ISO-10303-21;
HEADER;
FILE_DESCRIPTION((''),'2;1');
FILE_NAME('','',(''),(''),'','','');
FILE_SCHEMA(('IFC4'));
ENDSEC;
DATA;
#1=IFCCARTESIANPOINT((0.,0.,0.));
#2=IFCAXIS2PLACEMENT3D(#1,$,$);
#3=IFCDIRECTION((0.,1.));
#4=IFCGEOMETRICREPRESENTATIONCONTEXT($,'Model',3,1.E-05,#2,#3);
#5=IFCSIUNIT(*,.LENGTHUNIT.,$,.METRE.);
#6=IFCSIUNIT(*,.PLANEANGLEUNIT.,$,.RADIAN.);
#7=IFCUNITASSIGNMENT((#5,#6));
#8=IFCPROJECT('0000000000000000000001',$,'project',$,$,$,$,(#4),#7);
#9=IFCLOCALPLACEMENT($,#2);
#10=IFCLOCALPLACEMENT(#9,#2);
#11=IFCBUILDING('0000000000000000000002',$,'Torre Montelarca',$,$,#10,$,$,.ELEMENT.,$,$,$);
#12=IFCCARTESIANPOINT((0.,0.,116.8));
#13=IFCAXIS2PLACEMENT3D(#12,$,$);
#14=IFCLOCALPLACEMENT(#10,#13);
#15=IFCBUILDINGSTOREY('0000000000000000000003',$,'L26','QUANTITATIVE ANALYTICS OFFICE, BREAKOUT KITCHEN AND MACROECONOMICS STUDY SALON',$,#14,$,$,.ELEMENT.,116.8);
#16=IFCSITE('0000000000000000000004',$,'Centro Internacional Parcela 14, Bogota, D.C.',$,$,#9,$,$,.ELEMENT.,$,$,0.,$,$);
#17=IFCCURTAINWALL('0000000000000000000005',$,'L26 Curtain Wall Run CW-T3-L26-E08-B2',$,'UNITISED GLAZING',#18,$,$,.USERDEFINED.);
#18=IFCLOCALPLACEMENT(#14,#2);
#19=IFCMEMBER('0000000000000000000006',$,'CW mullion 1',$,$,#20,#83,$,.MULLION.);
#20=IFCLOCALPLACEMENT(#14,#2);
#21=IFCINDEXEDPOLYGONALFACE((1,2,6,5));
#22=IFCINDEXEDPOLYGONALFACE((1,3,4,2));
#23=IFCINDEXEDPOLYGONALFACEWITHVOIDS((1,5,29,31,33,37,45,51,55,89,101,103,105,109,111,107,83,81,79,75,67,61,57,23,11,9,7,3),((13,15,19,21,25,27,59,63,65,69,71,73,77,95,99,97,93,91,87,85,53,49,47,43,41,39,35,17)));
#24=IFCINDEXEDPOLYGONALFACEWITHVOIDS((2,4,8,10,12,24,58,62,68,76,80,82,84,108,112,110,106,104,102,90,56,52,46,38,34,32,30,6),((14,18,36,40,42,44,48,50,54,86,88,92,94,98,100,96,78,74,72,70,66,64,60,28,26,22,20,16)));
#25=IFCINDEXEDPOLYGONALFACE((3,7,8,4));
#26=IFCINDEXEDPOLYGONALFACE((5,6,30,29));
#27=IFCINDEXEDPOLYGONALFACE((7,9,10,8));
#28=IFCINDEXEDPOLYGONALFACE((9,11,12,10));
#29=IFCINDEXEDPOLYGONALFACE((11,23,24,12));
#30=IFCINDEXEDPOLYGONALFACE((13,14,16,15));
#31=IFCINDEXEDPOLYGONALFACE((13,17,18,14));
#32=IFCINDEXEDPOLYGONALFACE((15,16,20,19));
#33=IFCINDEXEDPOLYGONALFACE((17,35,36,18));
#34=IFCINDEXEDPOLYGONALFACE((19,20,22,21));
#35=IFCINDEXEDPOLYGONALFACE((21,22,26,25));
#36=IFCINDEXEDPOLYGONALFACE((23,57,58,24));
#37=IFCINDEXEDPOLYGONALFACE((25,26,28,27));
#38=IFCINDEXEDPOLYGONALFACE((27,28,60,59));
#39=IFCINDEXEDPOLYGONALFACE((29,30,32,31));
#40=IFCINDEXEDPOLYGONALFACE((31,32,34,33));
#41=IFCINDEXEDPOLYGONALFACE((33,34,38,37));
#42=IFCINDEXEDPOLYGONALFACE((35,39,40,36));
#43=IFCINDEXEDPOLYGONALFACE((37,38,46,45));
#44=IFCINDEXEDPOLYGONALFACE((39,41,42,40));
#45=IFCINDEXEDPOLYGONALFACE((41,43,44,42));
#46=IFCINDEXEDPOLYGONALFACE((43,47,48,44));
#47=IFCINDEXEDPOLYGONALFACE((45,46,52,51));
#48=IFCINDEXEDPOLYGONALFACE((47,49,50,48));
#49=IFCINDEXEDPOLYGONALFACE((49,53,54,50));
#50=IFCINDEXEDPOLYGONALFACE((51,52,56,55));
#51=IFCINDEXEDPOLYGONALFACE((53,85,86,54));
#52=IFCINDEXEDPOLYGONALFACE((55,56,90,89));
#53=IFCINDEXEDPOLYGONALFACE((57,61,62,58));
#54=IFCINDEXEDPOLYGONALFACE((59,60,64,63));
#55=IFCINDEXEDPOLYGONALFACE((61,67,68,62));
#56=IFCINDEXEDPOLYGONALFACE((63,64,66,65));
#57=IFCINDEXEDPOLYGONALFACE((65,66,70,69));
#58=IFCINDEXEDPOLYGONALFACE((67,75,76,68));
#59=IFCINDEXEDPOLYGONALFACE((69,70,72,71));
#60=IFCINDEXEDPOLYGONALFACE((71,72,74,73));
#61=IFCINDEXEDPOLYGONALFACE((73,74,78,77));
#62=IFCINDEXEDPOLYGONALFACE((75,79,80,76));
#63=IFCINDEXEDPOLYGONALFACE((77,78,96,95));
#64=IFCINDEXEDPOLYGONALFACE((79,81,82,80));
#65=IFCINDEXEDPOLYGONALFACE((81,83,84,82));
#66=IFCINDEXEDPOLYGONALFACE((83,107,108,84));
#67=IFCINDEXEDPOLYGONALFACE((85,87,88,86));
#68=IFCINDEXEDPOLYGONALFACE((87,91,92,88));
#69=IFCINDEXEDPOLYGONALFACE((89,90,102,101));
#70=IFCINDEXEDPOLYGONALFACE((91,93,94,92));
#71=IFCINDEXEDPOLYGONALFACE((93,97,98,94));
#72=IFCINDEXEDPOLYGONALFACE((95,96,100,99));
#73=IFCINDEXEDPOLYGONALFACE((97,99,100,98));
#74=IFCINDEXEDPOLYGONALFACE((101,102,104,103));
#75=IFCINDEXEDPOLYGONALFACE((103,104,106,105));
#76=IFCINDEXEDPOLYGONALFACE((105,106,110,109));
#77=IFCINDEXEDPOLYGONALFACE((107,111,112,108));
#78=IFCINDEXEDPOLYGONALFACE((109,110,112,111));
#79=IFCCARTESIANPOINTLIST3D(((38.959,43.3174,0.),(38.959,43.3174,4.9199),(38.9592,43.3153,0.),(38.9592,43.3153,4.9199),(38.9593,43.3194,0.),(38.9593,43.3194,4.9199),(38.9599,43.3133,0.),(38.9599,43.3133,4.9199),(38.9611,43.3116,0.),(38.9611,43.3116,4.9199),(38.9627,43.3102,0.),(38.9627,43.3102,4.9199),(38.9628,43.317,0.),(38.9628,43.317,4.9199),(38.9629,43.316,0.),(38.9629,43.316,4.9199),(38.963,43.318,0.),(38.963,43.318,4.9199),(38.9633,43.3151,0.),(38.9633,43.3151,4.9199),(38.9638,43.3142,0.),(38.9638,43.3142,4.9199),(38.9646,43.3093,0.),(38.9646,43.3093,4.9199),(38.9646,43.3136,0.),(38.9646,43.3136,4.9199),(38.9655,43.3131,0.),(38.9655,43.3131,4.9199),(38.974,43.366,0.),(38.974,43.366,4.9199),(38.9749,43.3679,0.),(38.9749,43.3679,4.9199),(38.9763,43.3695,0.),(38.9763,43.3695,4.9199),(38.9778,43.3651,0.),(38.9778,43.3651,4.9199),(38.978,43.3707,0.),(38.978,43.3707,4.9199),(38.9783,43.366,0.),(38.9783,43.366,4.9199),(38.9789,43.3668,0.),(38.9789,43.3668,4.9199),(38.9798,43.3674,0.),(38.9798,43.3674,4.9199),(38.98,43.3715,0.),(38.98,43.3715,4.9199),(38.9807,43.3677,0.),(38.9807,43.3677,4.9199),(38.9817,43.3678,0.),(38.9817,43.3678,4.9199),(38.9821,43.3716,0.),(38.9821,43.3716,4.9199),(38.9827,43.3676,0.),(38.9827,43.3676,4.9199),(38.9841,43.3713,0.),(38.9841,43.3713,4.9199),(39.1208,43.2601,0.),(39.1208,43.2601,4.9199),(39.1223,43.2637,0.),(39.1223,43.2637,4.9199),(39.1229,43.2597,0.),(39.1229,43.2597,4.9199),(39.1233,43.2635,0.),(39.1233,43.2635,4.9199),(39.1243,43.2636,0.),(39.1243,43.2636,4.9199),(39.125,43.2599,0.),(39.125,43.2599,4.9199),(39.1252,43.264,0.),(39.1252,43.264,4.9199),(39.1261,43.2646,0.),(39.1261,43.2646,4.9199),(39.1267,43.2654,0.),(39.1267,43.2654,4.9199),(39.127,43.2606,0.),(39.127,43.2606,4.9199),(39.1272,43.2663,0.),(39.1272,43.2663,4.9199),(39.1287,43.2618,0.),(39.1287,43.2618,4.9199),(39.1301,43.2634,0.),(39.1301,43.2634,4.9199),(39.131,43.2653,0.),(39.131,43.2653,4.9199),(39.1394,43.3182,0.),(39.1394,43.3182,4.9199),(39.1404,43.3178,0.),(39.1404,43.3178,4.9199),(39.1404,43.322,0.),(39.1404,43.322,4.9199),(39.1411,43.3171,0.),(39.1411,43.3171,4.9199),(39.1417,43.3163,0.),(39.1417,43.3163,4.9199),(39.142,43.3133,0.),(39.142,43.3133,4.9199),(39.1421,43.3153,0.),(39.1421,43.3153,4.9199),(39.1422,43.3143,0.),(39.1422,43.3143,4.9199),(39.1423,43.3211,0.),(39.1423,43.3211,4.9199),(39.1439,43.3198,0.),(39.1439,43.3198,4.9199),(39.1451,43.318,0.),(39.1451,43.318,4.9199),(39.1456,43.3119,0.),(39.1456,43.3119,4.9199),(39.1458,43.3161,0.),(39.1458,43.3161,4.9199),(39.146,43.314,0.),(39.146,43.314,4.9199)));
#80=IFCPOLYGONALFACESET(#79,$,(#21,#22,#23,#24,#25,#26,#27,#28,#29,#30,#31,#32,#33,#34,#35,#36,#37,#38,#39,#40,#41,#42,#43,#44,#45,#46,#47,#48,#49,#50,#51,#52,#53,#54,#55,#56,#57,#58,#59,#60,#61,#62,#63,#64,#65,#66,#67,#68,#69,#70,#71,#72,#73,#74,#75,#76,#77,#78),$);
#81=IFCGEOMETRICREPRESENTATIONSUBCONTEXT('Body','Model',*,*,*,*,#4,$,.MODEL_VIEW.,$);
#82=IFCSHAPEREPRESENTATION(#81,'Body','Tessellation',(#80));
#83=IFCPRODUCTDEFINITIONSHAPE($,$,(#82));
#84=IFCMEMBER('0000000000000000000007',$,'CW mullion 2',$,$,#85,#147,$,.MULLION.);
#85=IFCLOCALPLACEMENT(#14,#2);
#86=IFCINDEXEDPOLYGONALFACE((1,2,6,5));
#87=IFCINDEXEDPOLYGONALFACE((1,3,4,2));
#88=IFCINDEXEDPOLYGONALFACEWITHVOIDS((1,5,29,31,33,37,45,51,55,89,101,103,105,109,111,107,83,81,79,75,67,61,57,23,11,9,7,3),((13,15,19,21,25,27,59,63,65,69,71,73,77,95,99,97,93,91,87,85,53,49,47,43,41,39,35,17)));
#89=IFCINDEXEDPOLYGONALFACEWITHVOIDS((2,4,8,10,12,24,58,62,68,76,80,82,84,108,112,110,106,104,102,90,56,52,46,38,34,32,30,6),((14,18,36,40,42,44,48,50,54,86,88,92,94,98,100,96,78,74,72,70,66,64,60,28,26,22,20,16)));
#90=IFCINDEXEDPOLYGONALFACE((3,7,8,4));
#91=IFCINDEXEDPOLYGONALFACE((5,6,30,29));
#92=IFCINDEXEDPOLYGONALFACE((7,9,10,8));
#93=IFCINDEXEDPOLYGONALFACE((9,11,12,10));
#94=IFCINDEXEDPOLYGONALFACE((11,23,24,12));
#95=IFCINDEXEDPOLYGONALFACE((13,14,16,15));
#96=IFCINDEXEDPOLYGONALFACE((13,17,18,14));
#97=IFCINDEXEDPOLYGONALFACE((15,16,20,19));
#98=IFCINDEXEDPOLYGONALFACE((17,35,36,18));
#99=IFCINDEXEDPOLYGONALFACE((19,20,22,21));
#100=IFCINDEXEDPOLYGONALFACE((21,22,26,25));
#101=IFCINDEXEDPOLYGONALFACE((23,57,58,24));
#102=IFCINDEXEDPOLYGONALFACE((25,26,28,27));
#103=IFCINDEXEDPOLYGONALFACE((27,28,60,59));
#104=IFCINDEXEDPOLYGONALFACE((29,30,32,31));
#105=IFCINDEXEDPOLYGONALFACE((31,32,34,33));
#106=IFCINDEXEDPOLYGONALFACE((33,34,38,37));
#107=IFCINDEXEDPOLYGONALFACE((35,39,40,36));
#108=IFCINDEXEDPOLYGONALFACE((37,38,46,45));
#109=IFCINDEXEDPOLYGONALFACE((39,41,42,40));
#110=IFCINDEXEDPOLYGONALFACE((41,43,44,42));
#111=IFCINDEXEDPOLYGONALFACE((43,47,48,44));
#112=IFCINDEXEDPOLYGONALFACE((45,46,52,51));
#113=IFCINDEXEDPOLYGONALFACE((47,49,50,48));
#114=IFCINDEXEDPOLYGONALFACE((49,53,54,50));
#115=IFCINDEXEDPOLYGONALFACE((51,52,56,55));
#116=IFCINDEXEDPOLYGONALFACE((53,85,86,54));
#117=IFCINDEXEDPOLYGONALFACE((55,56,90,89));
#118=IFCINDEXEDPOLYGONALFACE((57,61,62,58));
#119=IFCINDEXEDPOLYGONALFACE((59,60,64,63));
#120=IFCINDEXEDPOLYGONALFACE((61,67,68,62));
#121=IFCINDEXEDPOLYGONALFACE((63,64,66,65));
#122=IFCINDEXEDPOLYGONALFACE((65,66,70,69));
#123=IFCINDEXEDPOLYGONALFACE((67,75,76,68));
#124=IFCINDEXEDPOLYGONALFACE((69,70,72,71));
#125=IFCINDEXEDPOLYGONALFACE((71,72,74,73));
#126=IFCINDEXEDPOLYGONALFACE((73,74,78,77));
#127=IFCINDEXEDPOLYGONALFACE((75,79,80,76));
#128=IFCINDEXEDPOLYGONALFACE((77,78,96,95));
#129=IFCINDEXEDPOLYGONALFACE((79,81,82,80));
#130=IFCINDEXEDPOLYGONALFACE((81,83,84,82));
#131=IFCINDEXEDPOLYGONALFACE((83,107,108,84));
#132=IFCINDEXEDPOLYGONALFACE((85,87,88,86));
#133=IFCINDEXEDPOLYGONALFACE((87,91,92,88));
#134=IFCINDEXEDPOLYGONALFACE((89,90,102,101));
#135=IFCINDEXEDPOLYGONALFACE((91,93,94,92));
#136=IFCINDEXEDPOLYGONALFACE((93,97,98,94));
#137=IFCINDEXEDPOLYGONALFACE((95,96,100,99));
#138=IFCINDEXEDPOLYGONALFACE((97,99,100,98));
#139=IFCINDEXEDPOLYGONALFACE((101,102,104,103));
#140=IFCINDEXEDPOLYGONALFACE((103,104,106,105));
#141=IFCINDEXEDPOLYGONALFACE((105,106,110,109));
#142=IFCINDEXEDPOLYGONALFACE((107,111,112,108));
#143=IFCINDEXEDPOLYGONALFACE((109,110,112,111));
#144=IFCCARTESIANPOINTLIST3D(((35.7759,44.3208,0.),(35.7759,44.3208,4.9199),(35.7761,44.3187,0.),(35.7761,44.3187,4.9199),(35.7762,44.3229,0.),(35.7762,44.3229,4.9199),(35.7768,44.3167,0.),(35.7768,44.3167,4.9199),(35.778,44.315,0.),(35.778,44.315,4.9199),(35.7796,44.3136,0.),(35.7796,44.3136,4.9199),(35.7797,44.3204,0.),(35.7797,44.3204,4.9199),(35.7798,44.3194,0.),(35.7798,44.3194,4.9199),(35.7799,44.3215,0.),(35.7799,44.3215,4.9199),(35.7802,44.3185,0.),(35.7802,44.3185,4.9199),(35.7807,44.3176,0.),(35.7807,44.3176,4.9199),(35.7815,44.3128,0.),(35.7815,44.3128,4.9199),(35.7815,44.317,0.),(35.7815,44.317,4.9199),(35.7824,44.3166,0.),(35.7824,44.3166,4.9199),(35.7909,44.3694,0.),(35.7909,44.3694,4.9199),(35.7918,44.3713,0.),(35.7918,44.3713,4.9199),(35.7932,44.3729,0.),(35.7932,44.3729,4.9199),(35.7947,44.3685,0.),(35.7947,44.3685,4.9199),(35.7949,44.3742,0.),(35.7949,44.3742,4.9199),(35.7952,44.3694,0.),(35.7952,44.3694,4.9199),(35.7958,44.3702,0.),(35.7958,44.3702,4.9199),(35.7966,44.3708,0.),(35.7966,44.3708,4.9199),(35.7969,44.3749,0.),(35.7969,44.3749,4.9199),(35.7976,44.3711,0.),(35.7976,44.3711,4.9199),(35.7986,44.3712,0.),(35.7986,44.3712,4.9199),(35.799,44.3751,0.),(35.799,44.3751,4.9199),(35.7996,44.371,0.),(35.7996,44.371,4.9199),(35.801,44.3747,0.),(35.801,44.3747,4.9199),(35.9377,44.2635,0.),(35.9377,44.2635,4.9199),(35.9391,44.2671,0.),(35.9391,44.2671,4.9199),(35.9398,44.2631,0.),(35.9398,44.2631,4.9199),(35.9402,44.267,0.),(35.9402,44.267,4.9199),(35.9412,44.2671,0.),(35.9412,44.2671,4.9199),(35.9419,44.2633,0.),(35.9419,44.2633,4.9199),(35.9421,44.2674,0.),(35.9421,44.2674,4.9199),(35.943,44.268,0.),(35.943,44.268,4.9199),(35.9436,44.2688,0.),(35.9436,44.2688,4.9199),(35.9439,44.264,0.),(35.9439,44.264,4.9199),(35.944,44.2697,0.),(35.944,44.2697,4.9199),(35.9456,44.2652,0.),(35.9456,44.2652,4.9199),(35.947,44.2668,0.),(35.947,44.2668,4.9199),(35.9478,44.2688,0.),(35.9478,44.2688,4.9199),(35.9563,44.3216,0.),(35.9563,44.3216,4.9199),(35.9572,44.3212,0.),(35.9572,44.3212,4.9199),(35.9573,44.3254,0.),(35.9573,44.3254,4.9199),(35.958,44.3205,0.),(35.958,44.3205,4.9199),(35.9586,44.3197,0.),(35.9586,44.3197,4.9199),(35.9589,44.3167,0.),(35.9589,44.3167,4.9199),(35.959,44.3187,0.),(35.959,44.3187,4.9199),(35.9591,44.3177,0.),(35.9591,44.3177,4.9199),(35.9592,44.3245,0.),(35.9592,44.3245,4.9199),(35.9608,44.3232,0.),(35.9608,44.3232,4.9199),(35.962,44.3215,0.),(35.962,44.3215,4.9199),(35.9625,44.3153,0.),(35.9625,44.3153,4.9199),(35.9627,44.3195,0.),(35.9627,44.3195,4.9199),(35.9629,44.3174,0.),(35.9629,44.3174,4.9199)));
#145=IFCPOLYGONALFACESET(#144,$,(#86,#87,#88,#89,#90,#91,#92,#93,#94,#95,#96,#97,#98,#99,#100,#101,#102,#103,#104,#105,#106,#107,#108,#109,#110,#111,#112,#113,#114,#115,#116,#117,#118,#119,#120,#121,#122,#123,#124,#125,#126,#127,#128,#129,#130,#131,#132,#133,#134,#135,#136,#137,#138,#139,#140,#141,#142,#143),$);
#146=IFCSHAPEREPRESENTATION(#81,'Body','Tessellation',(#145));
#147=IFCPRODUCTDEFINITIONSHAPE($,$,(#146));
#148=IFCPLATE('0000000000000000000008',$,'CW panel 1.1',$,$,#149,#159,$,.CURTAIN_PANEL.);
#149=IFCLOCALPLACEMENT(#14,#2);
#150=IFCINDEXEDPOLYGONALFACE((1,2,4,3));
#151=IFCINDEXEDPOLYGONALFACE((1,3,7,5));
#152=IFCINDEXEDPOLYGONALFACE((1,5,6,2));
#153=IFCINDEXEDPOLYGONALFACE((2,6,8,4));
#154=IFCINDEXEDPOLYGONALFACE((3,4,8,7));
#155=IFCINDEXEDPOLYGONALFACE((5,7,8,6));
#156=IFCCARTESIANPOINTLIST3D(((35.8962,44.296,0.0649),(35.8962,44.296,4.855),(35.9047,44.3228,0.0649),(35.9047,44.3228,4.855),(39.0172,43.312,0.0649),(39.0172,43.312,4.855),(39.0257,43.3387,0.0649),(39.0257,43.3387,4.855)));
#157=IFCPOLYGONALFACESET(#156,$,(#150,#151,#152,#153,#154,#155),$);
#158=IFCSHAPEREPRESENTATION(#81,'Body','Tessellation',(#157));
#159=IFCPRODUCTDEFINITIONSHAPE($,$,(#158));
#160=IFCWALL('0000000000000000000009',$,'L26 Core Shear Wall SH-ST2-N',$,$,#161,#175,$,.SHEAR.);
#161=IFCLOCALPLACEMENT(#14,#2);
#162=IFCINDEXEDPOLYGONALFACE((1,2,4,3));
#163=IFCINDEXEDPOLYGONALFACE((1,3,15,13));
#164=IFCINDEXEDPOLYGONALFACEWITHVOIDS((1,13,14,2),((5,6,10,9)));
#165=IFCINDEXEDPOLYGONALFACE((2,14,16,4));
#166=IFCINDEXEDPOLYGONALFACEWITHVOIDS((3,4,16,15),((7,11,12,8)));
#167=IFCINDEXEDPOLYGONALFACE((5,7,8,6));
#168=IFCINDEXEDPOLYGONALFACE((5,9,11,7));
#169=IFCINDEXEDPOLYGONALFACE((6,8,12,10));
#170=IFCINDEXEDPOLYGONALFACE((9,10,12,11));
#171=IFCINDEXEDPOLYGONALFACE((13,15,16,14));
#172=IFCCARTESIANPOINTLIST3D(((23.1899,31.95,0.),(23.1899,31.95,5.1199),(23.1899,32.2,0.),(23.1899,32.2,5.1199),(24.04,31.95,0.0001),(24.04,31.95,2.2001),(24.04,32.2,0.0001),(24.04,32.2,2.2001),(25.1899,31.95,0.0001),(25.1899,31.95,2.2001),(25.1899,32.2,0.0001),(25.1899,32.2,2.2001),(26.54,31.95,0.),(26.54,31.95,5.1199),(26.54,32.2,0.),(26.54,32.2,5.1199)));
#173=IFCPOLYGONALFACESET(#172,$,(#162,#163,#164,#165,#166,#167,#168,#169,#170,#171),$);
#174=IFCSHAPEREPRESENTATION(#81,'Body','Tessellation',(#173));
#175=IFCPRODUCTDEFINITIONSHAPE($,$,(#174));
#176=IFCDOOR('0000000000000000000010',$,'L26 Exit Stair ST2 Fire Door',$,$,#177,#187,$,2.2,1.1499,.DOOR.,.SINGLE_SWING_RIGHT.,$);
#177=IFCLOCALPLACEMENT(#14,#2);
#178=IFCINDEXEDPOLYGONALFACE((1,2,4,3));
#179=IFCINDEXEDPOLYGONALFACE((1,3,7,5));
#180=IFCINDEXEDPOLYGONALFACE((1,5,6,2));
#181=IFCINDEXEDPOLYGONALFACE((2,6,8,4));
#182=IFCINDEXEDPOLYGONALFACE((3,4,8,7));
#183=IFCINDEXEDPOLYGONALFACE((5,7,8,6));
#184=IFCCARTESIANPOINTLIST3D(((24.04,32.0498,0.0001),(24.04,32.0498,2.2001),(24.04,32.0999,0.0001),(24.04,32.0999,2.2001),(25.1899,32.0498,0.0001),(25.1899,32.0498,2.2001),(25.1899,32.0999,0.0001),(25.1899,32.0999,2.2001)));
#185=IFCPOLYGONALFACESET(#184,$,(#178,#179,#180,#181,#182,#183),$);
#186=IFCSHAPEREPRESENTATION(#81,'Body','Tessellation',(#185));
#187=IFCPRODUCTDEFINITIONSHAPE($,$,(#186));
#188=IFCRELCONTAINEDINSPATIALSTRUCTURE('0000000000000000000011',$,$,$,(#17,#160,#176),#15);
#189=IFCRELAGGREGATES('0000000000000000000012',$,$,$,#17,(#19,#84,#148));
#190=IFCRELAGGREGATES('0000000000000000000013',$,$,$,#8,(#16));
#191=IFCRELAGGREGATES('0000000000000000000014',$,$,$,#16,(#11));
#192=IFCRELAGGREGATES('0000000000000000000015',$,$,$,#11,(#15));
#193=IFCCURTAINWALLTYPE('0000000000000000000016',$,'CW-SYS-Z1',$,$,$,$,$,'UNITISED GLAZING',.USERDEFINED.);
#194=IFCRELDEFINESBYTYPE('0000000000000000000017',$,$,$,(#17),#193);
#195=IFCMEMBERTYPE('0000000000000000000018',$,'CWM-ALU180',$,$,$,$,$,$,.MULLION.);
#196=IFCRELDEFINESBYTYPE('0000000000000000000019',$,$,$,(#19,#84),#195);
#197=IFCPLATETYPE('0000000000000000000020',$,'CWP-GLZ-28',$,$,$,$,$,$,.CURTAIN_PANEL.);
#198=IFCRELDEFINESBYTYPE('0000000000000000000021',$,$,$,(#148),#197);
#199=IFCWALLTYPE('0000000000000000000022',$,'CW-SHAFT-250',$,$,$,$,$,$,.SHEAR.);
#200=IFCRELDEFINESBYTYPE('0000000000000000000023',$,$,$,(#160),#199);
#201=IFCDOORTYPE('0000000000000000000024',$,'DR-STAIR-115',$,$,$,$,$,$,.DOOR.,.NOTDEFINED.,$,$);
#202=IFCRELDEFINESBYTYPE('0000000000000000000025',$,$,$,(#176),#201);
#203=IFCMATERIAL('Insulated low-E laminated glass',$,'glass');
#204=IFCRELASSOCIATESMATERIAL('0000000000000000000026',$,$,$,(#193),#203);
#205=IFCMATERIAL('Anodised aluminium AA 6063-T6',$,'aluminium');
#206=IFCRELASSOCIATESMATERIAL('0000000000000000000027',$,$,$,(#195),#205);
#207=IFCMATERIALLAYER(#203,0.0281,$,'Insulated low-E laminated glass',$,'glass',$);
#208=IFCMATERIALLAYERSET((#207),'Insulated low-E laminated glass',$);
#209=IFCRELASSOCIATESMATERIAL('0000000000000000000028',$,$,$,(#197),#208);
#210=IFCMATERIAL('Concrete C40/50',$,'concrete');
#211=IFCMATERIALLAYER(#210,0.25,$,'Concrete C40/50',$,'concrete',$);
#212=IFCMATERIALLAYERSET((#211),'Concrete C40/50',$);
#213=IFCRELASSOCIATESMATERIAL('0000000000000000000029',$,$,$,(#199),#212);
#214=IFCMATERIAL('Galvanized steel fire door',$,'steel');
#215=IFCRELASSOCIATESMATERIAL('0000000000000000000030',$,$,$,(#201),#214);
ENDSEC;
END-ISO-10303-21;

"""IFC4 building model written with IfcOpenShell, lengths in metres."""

from ifc_helpers import new_model, si_unit, direction, frame, frame_2d, origin, origin_2d, place, context, subcontext, project, spatial, rectangle, hollow_rectangle, extrude, source, transform, mapped, material, layer, layer_set, material_profile, profile_set, type_object, element, fill, aggregate, save


model = new_model("IFC4")

# Units and contexts
model_context = context("Model", 3, precision=1e-05, world=origin(), true_north=direction((0.0, 1.0)))
body_context = subcontext(model_context, "Body", "Model", "MODEL_VIEW")
ifc_project = project(units=[si_unit("LENGTHUNIT", "METRE"), si_unit("PLANEANGLEUNIT", "RADIAN")], contexts=[model_context])

# Site, building, storey
site_placement = place(None, origin())
site = spatial("IfcSite", under=ifc_project, at=site_placement, Name="Centro Internacional Parcela 14, Bogota, D.C.", CompositionType="ELEMENT", RefElevation=0.0)
building_placement = place(site_placement, origin())
building = spatial("IfcBuilding", under=site, at=building_placement, Name="Torre Montelarca", CompositionType="ELEMENT")
storey_placement = place(building_placement, frame((0.0, 0.0, 116.8)))
storey = spatial("IfcBuildingStorey", under=building, at=storey_placement, Name="L26", Description="QUANTITATIVE ANALYTICS OFFICE, BREAKOUT KITCHEN AND MACROECONOMICS STUDY SALON", CompositionType="ELEMENT", Elevation=116.8)

# Curtain wall, members, plate
ifc_material_1 = material(Name="Insulated low-E laminated glass", Category="glass")
curtain_wall_type = type_object("IfcCurtainWallType", Name="CW-SYS-Z1", ElementType="UNITISED GLAZING", PredefinedType="USERDEFINED", material=ifc_material_1)
curtain_wall_placement = place(storey_placement, origin())
curtain_wall = element("IfcCurtainWall", 1, at=curtain_wall_placement, inside=storey, type_object=curtain_wall_type, Name="L26 Curtain Wall Run CW-T3-L26-E08-B2", ObjectType="UNITISED GLAZING", PredefinedType="USERDEFINED")
ifc_material_2 = material(Name="Anodised aluminium AA 6063-T6", Category="aluminium")
ifc_material_profile_1 = material_profile(ifc_material_2, hollow_rectangle(XDim=0.0649, YDim=0.1799, WallThickness=0.0039, InnerFilletRadius=0.0039, OuterFilletRadius=0.0081, at=origin_2d()), Name="ALU65X180X4", Category="aluminium")
ifc_profile_set_1 = profile_set([ifc_material_profile_1], Name="Anodised aluminium AA 6063-T6")
member_type_1 = type_object("IfcMemberType", Name="CWM-ALU180", PredefinedType="MULLION", material=ifc_profile_set_1)
shared_shape_1 = source(origin(), body_context, "Body", "SweptSolid", [
    extrude(hollow_rectangle(XDim=0.0649, YDim=0.1799, WallThickness=0.0039, InnerFilletRadius=0.0039, OuterFilletRadius=0.0081, at=origin_2d()), origin(), (0.0, 0.0, 1.0), 4.9199),
])
member_1_placement = place(storey_placement, frame((39.0525, 43.3157, 0.0), z_axis=(0.0, 0.0, 1.0), x_axis=(-0.300714, -0.953714, 0.0)))
member_1 = element("IfcMember", 2, at=member_1_placement, type_object=member_type_1, Name="CW mullion 1", PredefinedType="MULLION", context=body_context, shape_type="MappedRepresentation", body=[
    mapped(shared_shape_1, transform((0.0, 0.0, 0.0), scale=1.0)),
])
member_2_placement = place(storey_placement, frame((35.8694, 44.3191, 0.0), z_axis=(0.0, 0.0, 1.0), x_axis=(-0.300714, -0.953714, 0.0)))
member_2 = element("IfcMember", 3, at=member_2_placement, type_object=member_type_1, Name="CW mullion 2", PredefinedType="MULLION", context=body_context, shape_type="MappedRepresentation", body=[
    mapped(shared_shape_1, transform((0.0, 0.0, 0.0), scale=1.0)),
])
ifc_layer_1 = layer(ifc_material_1, 0.0281, Name="Insulated low-E laminated glass", Category="glass")
ifc_layer_set_1 = layer_set([ifc_layer_1], Name="Insulated low-E laminated glass")
plate_type = type_object("IfcPlateType", Name="CWP-GLZ-28", PredefinedType="CURTAIN_PANEL", material=ifc_layer_set_1)
shared_shape_2 = source(origin(), body_context, "Body", "SweptSolid", [
    extrude(rectangle(XDim=3.2725, YDim=0.0281, at=origin_2d()), origin(), (0.0, 0.0, 1.0), 4.79),
])
plate_placement = place(storey_placement, frame((37.4609, 43.8174, 0.0649), z_axis=(0.0, 0.0, 1.0), x_axis=(-0.953714, 0.300714, 0.0)))
plate = element("IfcPlate", 4, at=plate_placement, type_object=plate_type, Name="CW panel 1.1", PredefinedType="CURTAIN_PANEL", context=body_context, shape_type="MappedRepresentation", body=[
    mapped(shared_shape_2, transform((0.0, 0.0, 0.0), scale=1.0)),
])
aggregate(curtain_wall, [member_1, member_2, plate])

# Wall, opening, door
ifc_material_3 = material(Name="Concrete C40/50", Category="concrete")
ifc_layer_2 = layer(ifc_material_3, 0.25, Name="Concrete C40/50", Category="concrete")
ifc_layer_set_2 = layer_set([ifc_layer_2], Name="Concrete C40/50")
wall_type = type_object("IfcWallType", Name="CW-SHAFT-250", PredefinedType="SHEAR", material=ifc_layer_set_2)
wall_1_placement = place(storey_placement, frame((23.1899, 32.075, 0.0), z_axis=(0.0, 0.0, 1.0), x_axis=(1.0, 0.0, 0.0)))
wall_1 = element("IfcWall", 5, at=wall_1_placement, inside=storey, type_object=wall_type, Name="L26 Core Shear Wall SH-ST2-N", PredefinedType="SHEAR", context=body_context, shape_type="SweptSolid", body=[
    extrude(rectangle(XDim=3.3501, YDim=0.25, at=frame_2d((1.675, 0.0))), origin(), (0.0, 0.0, 1.0), 5.1199),
])
opening_placement = place(wall_1_placement, frame((0.8501, 0.0, 0.0)))
opening = element("IfcOpeningElement", 6, at=opening_placement, cuts=wall_1, PredefinedType="OPENING", context=body_context, shape_type="SweptSolid", body=[
    extrude(rectangle(XDim=1.1499, YDim=2.2, at=frame_2d((0.575, 1.1001))), frame((0.0, 0.135, 0.0), z_axis=(0.0, -1.0, 0.0), x_axis=(1.0, 0.0, 0.0)), (0.0, 0.0, 1.0), 0.27),
])
ifc_material_4 = material(Name="Galvanized steel fire door", Category="steel")
door_type = type_object("IfcDoorType", Name="DR-STAIR-115", OperationType="NOTDEFINED", PredefinedType="DOOR", material=ifc_material_4)
shared_shape_3 = source(origin(), body_context, "Body", "SweptSolid", [
    extrude(rectangle(XDim=1.1499, YDim=2.2, at=frame_2d((0.575, 1.1001))), frame((0.0, 0.0249, 0.0), z_axis=(0.0, -1.0, 0.0), x_axis=(1.0, 0.0, 0.0)), (0.0, 0.0, 1.0), 0.05),
])
door_placement = place(opening_placement, origin())
door = element("IfcDoor", 7, at=door_placement, inside=storey, type_object=door_type, Name="L26 Exit Stair ST2 Fire Door", OperationType="SINGLE_SWING_RIGHT", OverallHeight=2.2, OverallWidth=1.1499, PredefinedType="DOOR", context=body_context, shape_type="MappedRepresentation", body=[
    mapped(shared_shape_3, transform((0.0, 0.0, 0.0), scale=1.0)),
])
fill(opening, door)

save(model, "model.ifc")
